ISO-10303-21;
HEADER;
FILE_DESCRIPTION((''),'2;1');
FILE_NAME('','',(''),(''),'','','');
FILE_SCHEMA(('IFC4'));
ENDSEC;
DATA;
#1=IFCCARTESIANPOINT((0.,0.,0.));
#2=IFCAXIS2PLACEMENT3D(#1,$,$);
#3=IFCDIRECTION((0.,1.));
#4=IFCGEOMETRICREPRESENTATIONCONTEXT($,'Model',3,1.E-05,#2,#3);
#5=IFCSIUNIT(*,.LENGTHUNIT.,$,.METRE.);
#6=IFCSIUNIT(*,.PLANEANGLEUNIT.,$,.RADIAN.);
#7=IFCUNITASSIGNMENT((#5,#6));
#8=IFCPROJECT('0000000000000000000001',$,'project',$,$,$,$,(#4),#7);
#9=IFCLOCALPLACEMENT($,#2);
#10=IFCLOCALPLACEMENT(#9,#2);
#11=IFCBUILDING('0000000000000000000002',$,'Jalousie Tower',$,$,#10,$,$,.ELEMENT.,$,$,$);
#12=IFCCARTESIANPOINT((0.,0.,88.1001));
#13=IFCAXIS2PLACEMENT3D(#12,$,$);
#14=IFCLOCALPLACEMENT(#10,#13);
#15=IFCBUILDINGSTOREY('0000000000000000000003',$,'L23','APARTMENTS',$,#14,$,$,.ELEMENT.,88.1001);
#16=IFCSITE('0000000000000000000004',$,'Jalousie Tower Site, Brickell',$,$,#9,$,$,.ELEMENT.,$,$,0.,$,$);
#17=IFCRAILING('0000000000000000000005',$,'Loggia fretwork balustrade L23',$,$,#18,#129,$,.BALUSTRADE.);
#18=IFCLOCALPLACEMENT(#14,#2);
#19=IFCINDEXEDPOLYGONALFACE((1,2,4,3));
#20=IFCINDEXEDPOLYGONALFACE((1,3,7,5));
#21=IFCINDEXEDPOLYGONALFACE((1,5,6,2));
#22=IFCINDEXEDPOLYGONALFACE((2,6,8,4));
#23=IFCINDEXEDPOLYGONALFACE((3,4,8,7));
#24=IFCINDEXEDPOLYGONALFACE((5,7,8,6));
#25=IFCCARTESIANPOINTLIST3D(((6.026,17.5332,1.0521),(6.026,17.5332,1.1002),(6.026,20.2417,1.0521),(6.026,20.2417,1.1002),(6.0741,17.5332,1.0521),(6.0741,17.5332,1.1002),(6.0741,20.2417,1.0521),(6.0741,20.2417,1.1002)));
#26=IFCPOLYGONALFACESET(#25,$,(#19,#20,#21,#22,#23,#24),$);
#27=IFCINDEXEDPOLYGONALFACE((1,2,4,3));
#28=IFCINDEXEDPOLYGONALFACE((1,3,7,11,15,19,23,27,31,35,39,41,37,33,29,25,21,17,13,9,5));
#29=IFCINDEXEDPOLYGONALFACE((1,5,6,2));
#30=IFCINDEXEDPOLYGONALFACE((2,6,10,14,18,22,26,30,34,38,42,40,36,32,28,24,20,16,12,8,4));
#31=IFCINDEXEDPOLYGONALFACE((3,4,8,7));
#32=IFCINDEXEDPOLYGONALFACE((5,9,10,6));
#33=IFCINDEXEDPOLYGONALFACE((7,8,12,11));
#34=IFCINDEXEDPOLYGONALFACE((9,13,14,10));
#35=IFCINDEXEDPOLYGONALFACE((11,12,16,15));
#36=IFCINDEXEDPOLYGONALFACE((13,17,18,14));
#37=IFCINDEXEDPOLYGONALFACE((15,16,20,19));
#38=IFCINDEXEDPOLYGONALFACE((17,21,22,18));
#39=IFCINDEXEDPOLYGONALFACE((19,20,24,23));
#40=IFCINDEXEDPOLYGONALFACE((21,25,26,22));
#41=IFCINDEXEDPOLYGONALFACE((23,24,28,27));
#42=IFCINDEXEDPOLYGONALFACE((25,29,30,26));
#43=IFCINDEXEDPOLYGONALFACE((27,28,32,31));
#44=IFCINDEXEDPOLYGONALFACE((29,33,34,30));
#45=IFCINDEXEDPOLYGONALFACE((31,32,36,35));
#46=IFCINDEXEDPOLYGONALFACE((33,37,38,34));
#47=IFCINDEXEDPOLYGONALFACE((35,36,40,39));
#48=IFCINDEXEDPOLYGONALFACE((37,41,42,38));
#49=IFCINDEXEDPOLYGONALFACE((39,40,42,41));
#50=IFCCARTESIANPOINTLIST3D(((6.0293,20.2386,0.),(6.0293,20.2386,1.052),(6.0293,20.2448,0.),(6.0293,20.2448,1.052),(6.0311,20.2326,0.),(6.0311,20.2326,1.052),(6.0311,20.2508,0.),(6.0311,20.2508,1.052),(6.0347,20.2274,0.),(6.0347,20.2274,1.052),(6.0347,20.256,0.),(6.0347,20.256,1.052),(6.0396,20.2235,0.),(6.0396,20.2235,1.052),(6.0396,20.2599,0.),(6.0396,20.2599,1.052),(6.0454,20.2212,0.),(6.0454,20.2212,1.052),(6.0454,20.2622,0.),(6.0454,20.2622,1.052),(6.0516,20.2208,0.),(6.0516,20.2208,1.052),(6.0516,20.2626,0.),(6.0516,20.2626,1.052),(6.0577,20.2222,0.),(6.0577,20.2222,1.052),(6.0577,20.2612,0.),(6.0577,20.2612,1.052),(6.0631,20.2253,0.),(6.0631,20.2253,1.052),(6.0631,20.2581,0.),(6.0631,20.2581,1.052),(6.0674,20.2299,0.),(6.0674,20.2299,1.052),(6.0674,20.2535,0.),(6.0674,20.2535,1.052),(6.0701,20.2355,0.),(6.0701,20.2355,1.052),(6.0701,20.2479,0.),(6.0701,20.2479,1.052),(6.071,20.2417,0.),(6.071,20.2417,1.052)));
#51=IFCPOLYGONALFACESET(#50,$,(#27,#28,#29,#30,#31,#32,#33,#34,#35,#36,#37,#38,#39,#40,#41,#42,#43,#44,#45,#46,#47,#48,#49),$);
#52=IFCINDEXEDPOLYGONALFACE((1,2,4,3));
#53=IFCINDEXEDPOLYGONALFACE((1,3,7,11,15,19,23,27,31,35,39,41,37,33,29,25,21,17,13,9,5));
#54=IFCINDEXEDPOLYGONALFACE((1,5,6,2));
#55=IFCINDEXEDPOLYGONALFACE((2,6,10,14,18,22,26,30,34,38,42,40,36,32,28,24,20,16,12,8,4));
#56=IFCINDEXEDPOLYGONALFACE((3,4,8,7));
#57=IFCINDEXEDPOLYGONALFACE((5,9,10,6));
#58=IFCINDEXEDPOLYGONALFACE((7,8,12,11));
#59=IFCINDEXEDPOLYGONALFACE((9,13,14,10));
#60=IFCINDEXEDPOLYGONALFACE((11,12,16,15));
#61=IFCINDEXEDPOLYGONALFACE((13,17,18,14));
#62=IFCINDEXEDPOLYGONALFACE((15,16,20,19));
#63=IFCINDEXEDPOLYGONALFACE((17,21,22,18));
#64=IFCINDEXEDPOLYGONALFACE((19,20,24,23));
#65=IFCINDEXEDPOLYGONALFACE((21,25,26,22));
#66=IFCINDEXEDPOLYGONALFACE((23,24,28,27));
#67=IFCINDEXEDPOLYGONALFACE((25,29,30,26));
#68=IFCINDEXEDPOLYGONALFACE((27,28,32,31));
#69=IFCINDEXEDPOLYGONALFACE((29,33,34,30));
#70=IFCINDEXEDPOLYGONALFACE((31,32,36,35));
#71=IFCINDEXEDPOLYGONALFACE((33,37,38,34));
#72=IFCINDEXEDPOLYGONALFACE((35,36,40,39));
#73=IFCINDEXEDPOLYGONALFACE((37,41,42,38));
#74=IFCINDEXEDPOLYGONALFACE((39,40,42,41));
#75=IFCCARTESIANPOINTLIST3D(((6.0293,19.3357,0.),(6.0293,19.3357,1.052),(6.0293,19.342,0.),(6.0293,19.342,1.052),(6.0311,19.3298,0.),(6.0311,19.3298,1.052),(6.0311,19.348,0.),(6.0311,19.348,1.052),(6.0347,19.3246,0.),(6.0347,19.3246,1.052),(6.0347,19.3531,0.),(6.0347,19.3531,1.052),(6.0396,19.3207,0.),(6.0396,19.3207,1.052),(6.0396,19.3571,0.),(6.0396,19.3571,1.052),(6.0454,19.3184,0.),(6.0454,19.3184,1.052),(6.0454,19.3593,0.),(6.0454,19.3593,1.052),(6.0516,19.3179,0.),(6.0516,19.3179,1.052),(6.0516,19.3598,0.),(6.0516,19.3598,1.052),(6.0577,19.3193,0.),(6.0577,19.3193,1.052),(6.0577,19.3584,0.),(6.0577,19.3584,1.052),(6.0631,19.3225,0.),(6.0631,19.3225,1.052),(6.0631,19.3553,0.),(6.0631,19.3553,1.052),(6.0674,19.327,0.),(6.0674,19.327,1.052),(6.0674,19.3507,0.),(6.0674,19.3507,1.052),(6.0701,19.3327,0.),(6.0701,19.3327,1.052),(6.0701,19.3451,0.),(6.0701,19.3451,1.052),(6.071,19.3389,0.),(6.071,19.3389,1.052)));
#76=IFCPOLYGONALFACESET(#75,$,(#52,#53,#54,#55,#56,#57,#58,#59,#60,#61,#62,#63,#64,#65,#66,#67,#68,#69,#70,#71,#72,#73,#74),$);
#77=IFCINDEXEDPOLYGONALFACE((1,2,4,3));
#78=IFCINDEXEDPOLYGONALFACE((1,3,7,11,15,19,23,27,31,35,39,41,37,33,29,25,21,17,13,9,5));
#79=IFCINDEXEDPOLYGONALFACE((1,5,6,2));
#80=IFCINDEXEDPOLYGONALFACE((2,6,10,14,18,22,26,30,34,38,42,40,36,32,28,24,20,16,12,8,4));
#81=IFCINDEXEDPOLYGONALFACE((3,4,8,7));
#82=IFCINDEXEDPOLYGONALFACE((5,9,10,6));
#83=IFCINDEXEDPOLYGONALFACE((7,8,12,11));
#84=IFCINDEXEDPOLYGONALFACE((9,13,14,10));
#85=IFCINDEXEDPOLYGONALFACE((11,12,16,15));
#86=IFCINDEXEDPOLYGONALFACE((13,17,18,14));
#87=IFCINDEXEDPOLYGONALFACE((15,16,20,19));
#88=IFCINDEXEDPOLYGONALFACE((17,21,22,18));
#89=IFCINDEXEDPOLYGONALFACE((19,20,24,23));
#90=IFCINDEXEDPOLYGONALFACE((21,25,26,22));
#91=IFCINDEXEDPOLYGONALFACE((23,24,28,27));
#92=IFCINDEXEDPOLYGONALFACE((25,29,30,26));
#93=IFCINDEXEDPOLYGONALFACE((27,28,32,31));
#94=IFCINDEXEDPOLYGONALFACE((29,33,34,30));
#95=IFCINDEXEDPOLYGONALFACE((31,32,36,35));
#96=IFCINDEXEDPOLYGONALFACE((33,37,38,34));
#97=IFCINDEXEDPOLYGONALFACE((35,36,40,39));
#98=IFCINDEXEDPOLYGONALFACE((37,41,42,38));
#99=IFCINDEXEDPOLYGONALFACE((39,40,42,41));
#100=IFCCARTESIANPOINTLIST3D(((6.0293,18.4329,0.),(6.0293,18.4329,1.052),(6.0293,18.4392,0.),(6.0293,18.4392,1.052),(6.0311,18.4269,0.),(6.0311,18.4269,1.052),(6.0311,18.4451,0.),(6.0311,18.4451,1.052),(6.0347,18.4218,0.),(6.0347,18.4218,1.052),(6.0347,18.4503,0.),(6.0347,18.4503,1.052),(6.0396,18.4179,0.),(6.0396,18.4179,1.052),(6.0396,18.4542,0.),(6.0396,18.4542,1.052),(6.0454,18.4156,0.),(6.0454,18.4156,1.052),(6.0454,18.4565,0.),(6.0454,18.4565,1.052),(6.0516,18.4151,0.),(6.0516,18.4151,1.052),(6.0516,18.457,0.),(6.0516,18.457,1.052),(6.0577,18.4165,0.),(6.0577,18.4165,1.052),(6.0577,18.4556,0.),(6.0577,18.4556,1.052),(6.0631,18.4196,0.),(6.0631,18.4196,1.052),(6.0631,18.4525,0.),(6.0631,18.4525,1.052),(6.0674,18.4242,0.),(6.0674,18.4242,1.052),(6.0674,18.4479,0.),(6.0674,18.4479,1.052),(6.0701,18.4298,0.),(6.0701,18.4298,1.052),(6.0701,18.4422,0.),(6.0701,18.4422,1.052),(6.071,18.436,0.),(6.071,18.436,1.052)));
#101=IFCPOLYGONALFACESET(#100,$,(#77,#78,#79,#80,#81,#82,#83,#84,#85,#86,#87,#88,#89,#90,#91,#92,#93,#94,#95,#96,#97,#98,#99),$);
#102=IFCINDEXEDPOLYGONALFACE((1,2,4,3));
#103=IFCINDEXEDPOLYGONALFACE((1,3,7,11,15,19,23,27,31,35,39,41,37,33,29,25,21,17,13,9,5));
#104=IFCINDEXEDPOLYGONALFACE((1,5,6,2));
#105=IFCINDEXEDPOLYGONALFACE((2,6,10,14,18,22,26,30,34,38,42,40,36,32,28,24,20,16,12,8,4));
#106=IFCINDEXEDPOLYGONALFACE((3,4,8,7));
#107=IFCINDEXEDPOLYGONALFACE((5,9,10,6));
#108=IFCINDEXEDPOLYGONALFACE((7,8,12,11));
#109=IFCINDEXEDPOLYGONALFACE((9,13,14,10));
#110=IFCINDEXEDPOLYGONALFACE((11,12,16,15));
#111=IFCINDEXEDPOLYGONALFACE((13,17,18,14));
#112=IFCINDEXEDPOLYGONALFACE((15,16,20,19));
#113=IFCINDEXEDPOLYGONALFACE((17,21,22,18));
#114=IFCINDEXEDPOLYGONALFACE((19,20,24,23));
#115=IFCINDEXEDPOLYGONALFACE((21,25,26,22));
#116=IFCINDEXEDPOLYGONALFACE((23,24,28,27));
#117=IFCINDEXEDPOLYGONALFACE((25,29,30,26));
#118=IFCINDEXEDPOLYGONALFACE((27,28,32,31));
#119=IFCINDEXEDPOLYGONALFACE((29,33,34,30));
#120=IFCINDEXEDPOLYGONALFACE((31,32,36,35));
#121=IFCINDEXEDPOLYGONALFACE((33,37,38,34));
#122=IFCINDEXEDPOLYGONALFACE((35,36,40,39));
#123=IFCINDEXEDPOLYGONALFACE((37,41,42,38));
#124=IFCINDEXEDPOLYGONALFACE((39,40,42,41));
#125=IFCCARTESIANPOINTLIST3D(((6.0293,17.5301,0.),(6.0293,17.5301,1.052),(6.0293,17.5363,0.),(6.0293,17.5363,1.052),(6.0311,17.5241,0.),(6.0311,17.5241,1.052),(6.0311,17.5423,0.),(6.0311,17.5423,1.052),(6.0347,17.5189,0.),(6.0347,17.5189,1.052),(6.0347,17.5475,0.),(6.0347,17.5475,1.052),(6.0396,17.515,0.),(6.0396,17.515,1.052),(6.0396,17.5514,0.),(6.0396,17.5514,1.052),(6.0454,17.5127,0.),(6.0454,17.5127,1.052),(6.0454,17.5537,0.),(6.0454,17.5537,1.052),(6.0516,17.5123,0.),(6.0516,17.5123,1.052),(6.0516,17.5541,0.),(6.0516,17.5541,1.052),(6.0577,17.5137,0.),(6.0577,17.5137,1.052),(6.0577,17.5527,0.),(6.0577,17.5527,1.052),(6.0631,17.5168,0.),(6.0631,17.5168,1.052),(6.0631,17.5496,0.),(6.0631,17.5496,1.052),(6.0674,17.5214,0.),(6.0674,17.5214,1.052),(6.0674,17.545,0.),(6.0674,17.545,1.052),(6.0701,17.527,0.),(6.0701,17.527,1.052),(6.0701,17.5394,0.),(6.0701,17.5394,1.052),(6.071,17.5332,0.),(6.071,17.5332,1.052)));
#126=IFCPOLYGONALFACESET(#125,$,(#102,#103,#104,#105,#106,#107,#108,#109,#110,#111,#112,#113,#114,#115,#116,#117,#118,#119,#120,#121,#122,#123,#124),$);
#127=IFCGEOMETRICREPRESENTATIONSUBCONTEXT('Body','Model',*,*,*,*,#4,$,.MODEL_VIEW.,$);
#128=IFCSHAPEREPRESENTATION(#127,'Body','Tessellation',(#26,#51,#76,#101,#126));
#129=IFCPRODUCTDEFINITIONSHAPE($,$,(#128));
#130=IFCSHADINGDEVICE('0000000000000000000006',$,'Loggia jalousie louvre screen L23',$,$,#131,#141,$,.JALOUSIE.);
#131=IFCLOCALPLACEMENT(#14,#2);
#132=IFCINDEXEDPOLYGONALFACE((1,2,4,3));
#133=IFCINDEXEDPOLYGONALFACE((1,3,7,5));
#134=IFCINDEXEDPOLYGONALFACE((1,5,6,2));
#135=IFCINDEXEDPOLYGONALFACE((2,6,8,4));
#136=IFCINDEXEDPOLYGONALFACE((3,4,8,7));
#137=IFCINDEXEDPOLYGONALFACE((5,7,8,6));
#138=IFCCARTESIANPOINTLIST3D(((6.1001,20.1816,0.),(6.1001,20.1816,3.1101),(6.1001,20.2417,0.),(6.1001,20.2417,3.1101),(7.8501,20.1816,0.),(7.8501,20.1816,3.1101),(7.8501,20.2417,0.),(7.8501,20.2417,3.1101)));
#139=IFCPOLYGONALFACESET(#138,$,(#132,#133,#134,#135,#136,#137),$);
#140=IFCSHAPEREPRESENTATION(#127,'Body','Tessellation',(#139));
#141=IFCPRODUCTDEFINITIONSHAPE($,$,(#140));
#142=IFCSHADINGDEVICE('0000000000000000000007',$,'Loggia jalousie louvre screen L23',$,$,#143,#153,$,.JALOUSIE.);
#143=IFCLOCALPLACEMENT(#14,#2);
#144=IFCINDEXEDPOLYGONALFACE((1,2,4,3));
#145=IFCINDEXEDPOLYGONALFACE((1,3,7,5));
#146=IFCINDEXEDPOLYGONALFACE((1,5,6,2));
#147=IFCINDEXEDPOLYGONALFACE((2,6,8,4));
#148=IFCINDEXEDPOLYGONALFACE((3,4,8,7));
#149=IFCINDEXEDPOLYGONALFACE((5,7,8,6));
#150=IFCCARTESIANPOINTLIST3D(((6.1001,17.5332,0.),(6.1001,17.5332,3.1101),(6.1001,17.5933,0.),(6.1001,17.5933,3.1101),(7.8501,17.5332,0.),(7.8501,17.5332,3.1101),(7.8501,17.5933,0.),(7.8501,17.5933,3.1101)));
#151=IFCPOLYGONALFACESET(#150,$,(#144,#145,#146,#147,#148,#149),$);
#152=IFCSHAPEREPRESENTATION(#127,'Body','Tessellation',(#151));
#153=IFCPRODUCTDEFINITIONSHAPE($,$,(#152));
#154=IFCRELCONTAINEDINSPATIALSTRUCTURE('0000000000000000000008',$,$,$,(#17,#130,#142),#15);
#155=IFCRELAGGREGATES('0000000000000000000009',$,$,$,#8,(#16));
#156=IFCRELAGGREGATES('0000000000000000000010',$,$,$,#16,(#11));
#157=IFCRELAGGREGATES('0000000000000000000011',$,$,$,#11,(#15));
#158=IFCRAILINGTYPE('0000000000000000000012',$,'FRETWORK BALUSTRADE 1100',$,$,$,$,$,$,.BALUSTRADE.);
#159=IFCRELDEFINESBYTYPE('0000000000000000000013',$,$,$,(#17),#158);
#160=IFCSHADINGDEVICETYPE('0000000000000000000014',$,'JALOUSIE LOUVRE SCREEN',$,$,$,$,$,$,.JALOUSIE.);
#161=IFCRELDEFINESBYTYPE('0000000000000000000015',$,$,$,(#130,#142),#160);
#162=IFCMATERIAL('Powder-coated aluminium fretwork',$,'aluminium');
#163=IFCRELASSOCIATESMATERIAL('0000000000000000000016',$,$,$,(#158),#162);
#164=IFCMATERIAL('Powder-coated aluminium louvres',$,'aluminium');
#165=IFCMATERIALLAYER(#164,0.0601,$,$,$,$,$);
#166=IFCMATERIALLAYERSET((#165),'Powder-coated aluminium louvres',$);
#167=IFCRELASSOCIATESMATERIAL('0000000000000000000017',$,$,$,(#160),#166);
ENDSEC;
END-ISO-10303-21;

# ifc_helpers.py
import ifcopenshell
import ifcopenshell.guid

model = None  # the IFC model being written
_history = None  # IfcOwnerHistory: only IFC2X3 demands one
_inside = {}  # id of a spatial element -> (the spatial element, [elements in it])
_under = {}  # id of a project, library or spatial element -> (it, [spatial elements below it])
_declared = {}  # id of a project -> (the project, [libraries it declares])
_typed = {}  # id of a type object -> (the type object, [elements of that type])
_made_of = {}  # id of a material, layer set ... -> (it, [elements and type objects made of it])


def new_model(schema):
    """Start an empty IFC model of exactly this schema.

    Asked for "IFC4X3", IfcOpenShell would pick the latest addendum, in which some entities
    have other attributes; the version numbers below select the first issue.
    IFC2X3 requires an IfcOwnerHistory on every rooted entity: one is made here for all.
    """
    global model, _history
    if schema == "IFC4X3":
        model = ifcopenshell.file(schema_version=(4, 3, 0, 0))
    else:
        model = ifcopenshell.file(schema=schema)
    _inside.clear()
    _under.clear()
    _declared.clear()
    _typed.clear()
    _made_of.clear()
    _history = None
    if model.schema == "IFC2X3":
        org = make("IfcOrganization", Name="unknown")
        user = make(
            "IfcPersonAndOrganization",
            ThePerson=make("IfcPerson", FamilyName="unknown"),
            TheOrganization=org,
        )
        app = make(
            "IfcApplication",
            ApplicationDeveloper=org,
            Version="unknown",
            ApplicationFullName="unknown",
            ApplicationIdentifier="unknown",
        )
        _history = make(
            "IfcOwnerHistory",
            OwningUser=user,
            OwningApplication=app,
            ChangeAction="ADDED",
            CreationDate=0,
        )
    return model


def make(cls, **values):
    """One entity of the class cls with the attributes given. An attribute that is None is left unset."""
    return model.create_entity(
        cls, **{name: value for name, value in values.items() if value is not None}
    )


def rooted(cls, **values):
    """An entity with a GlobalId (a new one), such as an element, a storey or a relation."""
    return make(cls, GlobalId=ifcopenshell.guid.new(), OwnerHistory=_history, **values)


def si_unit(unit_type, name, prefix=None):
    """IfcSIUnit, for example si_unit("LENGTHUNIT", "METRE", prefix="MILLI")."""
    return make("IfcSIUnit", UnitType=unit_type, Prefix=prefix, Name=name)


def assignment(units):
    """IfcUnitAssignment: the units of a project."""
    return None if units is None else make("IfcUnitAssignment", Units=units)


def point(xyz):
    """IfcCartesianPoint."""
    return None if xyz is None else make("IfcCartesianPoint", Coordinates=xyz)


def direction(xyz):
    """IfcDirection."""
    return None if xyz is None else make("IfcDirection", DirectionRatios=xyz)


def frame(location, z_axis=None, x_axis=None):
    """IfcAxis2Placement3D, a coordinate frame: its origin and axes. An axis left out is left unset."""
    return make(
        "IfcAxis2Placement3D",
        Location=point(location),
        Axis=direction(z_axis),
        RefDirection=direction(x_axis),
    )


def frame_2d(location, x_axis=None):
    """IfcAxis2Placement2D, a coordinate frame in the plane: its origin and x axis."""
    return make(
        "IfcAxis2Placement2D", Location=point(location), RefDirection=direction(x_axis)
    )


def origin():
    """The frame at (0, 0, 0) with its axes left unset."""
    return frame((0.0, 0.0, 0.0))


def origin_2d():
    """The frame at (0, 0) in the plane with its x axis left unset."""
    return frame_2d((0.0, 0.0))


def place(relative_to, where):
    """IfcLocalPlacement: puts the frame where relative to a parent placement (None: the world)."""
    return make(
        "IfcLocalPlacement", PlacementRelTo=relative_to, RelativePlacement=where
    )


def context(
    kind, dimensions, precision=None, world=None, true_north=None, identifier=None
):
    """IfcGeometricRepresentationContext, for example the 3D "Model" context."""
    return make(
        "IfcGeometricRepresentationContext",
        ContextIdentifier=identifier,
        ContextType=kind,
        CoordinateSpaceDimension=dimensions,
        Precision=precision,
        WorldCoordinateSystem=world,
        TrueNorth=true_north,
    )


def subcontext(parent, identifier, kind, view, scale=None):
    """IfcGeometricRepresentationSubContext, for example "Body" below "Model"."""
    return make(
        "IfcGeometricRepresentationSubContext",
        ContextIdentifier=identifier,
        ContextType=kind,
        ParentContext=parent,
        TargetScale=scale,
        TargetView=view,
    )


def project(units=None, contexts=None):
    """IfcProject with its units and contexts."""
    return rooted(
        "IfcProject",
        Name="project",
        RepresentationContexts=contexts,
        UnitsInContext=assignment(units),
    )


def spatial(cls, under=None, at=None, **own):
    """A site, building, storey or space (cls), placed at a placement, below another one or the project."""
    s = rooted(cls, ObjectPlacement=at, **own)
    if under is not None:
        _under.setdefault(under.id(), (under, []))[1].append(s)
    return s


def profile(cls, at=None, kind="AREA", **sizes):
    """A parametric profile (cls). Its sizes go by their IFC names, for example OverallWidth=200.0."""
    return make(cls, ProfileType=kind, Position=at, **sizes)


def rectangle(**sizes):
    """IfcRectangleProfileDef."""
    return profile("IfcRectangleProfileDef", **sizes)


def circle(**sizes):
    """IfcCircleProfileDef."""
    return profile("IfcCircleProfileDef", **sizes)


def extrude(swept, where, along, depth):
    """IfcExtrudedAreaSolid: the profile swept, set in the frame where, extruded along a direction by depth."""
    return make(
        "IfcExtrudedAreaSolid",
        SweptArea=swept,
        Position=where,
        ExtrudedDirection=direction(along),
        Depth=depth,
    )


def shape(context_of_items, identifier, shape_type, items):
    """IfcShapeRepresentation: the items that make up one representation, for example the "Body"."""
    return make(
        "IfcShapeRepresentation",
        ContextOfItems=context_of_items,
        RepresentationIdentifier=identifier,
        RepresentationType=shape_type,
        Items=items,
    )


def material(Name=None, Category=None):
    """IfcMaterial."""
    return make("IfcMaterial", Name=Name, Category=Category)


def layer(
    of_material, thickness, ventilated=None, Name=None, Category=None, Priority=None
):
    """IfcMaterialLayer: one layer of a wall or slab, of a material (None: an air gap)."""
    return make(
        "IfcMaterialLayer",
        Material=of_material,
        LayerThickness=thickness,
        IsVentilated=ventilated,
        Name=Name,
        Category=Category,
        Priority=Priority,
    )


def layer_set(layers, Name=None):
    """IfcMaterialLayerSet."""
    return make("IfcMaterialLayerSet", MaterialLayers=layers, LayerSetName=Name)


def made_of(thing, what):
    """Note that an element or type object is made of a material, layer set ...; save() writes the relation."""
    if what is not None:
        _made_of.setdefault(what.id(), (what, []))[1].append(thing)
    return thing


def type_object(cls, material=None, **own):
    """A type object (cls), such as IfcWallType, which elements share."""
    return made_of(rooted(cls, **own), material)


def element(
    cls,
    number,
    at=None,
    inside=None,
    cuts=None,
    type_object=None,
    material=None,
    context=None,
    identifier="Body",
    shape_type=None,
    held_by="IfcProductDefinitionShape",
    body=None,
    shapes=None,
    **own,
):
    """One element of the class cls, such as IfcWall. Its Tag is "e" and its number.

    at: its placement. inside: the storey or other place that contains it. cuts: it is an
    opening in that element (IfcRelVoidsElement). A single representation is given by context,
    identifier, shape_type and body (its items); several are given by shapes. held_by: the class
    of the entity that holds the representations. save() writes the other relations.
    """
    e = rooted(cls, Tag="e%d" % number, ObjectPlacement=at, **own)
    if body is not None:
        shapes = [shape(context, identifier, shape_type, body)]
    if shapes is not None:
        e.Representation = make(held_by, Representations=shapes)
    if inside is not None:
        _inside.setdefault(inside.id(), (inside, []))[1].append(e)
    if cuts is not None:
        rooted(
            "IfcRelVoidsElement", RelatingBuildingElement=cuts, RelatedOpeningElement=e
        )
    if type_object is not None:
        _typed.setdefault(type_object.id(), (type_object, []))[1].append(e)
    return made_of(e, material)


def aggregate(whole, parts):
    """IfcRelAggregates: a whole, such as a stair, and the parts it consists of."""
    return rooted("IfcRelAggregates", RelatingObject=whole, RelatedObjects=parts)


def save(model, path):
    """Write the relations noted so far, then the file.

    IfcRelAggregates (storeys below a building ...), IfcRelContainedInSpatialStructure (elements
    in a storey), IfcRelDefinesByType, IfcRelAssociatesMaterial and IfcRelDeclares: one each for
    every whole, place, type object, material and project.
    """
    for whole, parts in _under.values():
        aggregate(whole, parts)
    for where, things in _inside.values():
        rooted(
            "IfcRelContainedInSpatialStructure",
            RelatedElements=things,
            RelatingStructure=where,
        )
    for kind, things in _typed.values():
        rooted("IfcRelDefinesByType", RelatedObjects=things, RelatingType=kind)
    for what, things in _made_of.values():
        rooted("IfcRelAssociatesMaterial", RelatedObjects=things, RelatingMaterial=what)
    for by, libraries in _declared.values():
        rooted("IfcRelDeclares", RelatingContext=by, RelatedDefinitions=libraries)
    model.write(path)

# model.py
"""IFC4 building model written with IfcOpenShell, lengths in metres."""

from ifc_helpers import new_model, si_unit, direction, frame, origin, origin_2d, place, context, subcontext, project, spatial, rectangle, circle, extrude, material, layer, layer_set, type_object, element, save


model = new_model("IFC4")

# Units and contexts
model_context = context("Model", 3, precision=1e-05, world=origin(), true_north=direction((0.0, 1.0)))
body_context = subcontext(model_context, "Body", "Model", "MODEL_VIEW")
ifc_project = project(units=[si_unit("LENGTHUNIT", "METRE"), si_unit("PLANEANGLEUNIT", "RADIAN")], contexts=[model_context])

# Site, building, storey
site_placement = place(None, origin())
site = spatial("IfcSite", under=ifc_project, at=site_placement, Name="Jalousie Tower Site, Brickell", CompositionType="ELEMENT", RefElevation=0.0)
building_placement = place(site_placement, origin())
building = spatial("IfcBuilding", under=site, at=building_placement, Name="Jalousie Tower", CompositionType="ELEMENT")
storey_placement = place(building_placement, frame((0.0, 0.0, 88.1001)))
storey = spatial("IfcBuildingStorey", under=building, at=storey_placement, Name="L23", Description="APARTMENTS", CompositionType="ELEMENT", Elevation=88.1001)

# Railing
ifc_material_1 = material(Name="Powder-coated aluminium fretwork", Category="aluminium")
railing_type = type_object("IfcRailingType", Name="FRETWORK BALUSTRADE 1100", PredefinedType="BALUSTRADE", material=ifc_material_1)
railing_placement = place(storey_placement, frame((6.05, 20.2417, 0.0)))
element("IfcRailing", 1, at=railing_placement, inside=storey, type_object=railing_type, Name="Loggia fretwork balustrade L23", PredefinedType="BALUSTRADE", context=body_context, shape_type="SweptSolid", body=[
    extrude(rectangle(XDim=0.0481, YDim=0.0481, at=origin_2d()), frame((0.0, 0.0, 1.0762), z_axis=(0.0, -1.0, 0.0), x_axis=(1.0, 0.0, 0.0)), (0.0, 0.0, 1.0), 2.7085),
    extrude(circle(Radius=0.021, at=origin_2d()), origin(), (0.0, 0.0, 1.0), 1.052),
    extrude(circle(Radius=0.021, at=origin_2d()), frame((0.0, -0.9028, 0.0)), (0.0, 0.0, 1.0), 1.052),
    extrude(circle(Radius=0.021, at=origin_2d()), frame((0.0, -1.8057, 0.0)), (0.0, 0.0, 1.0), 1.052),
    extrude(circle(Radius=0.021, at=origin_2d()), frame((0.0, -2.7085, 0.0)), (0.0, 0.0, 1.0), 1.052),
])

# Shading devices
ifc_material_2 = material(Name="Powder-coated aluminium louvres", Category="aluminium")
ifc_layer_1 = layer(ifc_material_2, 0.0601)
ifc_layer_set_1 = layer_set([ifc_layer_1], Name="Powder-coated aluminium louvres")
shading_device_type_1 = type_object("IfcShadingDeviceType", Name="JALOUSIE LOUVRE SCREEN", PredefinedType="JALOUSIE", material=ifc_layer_set_1)
for number, where, z_axis, x_axis, name in (
    (2, (6.9751, 20.2117, 0.0), (0.0, 0.0, 1.0), (0.0, -1.0, 0.0), "Loggia jalousie louvre screen L23"),
    (3, (6.9751, 17.5632, 0.0), (0.0, 0.0, 1.0), (0.0, -1.0, 0.0), "Loggia jalousie louvre screen L23"),
):
    element("IfcShadingDevice", number, at=place(storey_placement, frame(where, z_axis=z_axis, x_axis=x_axis)), inside=storey, type_object=shading_device_type_1, Name=name, PredefinedType="JALOUSIE", context=body_context, shape_type="SweptSolid", body=[
        extrude(rectangle(XDim=0.0601, YDim=1.75, at=origin_2d()), origin(), (0.0, 0.0, 1.0), 3.1101),
    ])

save(model, "model.ifc")
